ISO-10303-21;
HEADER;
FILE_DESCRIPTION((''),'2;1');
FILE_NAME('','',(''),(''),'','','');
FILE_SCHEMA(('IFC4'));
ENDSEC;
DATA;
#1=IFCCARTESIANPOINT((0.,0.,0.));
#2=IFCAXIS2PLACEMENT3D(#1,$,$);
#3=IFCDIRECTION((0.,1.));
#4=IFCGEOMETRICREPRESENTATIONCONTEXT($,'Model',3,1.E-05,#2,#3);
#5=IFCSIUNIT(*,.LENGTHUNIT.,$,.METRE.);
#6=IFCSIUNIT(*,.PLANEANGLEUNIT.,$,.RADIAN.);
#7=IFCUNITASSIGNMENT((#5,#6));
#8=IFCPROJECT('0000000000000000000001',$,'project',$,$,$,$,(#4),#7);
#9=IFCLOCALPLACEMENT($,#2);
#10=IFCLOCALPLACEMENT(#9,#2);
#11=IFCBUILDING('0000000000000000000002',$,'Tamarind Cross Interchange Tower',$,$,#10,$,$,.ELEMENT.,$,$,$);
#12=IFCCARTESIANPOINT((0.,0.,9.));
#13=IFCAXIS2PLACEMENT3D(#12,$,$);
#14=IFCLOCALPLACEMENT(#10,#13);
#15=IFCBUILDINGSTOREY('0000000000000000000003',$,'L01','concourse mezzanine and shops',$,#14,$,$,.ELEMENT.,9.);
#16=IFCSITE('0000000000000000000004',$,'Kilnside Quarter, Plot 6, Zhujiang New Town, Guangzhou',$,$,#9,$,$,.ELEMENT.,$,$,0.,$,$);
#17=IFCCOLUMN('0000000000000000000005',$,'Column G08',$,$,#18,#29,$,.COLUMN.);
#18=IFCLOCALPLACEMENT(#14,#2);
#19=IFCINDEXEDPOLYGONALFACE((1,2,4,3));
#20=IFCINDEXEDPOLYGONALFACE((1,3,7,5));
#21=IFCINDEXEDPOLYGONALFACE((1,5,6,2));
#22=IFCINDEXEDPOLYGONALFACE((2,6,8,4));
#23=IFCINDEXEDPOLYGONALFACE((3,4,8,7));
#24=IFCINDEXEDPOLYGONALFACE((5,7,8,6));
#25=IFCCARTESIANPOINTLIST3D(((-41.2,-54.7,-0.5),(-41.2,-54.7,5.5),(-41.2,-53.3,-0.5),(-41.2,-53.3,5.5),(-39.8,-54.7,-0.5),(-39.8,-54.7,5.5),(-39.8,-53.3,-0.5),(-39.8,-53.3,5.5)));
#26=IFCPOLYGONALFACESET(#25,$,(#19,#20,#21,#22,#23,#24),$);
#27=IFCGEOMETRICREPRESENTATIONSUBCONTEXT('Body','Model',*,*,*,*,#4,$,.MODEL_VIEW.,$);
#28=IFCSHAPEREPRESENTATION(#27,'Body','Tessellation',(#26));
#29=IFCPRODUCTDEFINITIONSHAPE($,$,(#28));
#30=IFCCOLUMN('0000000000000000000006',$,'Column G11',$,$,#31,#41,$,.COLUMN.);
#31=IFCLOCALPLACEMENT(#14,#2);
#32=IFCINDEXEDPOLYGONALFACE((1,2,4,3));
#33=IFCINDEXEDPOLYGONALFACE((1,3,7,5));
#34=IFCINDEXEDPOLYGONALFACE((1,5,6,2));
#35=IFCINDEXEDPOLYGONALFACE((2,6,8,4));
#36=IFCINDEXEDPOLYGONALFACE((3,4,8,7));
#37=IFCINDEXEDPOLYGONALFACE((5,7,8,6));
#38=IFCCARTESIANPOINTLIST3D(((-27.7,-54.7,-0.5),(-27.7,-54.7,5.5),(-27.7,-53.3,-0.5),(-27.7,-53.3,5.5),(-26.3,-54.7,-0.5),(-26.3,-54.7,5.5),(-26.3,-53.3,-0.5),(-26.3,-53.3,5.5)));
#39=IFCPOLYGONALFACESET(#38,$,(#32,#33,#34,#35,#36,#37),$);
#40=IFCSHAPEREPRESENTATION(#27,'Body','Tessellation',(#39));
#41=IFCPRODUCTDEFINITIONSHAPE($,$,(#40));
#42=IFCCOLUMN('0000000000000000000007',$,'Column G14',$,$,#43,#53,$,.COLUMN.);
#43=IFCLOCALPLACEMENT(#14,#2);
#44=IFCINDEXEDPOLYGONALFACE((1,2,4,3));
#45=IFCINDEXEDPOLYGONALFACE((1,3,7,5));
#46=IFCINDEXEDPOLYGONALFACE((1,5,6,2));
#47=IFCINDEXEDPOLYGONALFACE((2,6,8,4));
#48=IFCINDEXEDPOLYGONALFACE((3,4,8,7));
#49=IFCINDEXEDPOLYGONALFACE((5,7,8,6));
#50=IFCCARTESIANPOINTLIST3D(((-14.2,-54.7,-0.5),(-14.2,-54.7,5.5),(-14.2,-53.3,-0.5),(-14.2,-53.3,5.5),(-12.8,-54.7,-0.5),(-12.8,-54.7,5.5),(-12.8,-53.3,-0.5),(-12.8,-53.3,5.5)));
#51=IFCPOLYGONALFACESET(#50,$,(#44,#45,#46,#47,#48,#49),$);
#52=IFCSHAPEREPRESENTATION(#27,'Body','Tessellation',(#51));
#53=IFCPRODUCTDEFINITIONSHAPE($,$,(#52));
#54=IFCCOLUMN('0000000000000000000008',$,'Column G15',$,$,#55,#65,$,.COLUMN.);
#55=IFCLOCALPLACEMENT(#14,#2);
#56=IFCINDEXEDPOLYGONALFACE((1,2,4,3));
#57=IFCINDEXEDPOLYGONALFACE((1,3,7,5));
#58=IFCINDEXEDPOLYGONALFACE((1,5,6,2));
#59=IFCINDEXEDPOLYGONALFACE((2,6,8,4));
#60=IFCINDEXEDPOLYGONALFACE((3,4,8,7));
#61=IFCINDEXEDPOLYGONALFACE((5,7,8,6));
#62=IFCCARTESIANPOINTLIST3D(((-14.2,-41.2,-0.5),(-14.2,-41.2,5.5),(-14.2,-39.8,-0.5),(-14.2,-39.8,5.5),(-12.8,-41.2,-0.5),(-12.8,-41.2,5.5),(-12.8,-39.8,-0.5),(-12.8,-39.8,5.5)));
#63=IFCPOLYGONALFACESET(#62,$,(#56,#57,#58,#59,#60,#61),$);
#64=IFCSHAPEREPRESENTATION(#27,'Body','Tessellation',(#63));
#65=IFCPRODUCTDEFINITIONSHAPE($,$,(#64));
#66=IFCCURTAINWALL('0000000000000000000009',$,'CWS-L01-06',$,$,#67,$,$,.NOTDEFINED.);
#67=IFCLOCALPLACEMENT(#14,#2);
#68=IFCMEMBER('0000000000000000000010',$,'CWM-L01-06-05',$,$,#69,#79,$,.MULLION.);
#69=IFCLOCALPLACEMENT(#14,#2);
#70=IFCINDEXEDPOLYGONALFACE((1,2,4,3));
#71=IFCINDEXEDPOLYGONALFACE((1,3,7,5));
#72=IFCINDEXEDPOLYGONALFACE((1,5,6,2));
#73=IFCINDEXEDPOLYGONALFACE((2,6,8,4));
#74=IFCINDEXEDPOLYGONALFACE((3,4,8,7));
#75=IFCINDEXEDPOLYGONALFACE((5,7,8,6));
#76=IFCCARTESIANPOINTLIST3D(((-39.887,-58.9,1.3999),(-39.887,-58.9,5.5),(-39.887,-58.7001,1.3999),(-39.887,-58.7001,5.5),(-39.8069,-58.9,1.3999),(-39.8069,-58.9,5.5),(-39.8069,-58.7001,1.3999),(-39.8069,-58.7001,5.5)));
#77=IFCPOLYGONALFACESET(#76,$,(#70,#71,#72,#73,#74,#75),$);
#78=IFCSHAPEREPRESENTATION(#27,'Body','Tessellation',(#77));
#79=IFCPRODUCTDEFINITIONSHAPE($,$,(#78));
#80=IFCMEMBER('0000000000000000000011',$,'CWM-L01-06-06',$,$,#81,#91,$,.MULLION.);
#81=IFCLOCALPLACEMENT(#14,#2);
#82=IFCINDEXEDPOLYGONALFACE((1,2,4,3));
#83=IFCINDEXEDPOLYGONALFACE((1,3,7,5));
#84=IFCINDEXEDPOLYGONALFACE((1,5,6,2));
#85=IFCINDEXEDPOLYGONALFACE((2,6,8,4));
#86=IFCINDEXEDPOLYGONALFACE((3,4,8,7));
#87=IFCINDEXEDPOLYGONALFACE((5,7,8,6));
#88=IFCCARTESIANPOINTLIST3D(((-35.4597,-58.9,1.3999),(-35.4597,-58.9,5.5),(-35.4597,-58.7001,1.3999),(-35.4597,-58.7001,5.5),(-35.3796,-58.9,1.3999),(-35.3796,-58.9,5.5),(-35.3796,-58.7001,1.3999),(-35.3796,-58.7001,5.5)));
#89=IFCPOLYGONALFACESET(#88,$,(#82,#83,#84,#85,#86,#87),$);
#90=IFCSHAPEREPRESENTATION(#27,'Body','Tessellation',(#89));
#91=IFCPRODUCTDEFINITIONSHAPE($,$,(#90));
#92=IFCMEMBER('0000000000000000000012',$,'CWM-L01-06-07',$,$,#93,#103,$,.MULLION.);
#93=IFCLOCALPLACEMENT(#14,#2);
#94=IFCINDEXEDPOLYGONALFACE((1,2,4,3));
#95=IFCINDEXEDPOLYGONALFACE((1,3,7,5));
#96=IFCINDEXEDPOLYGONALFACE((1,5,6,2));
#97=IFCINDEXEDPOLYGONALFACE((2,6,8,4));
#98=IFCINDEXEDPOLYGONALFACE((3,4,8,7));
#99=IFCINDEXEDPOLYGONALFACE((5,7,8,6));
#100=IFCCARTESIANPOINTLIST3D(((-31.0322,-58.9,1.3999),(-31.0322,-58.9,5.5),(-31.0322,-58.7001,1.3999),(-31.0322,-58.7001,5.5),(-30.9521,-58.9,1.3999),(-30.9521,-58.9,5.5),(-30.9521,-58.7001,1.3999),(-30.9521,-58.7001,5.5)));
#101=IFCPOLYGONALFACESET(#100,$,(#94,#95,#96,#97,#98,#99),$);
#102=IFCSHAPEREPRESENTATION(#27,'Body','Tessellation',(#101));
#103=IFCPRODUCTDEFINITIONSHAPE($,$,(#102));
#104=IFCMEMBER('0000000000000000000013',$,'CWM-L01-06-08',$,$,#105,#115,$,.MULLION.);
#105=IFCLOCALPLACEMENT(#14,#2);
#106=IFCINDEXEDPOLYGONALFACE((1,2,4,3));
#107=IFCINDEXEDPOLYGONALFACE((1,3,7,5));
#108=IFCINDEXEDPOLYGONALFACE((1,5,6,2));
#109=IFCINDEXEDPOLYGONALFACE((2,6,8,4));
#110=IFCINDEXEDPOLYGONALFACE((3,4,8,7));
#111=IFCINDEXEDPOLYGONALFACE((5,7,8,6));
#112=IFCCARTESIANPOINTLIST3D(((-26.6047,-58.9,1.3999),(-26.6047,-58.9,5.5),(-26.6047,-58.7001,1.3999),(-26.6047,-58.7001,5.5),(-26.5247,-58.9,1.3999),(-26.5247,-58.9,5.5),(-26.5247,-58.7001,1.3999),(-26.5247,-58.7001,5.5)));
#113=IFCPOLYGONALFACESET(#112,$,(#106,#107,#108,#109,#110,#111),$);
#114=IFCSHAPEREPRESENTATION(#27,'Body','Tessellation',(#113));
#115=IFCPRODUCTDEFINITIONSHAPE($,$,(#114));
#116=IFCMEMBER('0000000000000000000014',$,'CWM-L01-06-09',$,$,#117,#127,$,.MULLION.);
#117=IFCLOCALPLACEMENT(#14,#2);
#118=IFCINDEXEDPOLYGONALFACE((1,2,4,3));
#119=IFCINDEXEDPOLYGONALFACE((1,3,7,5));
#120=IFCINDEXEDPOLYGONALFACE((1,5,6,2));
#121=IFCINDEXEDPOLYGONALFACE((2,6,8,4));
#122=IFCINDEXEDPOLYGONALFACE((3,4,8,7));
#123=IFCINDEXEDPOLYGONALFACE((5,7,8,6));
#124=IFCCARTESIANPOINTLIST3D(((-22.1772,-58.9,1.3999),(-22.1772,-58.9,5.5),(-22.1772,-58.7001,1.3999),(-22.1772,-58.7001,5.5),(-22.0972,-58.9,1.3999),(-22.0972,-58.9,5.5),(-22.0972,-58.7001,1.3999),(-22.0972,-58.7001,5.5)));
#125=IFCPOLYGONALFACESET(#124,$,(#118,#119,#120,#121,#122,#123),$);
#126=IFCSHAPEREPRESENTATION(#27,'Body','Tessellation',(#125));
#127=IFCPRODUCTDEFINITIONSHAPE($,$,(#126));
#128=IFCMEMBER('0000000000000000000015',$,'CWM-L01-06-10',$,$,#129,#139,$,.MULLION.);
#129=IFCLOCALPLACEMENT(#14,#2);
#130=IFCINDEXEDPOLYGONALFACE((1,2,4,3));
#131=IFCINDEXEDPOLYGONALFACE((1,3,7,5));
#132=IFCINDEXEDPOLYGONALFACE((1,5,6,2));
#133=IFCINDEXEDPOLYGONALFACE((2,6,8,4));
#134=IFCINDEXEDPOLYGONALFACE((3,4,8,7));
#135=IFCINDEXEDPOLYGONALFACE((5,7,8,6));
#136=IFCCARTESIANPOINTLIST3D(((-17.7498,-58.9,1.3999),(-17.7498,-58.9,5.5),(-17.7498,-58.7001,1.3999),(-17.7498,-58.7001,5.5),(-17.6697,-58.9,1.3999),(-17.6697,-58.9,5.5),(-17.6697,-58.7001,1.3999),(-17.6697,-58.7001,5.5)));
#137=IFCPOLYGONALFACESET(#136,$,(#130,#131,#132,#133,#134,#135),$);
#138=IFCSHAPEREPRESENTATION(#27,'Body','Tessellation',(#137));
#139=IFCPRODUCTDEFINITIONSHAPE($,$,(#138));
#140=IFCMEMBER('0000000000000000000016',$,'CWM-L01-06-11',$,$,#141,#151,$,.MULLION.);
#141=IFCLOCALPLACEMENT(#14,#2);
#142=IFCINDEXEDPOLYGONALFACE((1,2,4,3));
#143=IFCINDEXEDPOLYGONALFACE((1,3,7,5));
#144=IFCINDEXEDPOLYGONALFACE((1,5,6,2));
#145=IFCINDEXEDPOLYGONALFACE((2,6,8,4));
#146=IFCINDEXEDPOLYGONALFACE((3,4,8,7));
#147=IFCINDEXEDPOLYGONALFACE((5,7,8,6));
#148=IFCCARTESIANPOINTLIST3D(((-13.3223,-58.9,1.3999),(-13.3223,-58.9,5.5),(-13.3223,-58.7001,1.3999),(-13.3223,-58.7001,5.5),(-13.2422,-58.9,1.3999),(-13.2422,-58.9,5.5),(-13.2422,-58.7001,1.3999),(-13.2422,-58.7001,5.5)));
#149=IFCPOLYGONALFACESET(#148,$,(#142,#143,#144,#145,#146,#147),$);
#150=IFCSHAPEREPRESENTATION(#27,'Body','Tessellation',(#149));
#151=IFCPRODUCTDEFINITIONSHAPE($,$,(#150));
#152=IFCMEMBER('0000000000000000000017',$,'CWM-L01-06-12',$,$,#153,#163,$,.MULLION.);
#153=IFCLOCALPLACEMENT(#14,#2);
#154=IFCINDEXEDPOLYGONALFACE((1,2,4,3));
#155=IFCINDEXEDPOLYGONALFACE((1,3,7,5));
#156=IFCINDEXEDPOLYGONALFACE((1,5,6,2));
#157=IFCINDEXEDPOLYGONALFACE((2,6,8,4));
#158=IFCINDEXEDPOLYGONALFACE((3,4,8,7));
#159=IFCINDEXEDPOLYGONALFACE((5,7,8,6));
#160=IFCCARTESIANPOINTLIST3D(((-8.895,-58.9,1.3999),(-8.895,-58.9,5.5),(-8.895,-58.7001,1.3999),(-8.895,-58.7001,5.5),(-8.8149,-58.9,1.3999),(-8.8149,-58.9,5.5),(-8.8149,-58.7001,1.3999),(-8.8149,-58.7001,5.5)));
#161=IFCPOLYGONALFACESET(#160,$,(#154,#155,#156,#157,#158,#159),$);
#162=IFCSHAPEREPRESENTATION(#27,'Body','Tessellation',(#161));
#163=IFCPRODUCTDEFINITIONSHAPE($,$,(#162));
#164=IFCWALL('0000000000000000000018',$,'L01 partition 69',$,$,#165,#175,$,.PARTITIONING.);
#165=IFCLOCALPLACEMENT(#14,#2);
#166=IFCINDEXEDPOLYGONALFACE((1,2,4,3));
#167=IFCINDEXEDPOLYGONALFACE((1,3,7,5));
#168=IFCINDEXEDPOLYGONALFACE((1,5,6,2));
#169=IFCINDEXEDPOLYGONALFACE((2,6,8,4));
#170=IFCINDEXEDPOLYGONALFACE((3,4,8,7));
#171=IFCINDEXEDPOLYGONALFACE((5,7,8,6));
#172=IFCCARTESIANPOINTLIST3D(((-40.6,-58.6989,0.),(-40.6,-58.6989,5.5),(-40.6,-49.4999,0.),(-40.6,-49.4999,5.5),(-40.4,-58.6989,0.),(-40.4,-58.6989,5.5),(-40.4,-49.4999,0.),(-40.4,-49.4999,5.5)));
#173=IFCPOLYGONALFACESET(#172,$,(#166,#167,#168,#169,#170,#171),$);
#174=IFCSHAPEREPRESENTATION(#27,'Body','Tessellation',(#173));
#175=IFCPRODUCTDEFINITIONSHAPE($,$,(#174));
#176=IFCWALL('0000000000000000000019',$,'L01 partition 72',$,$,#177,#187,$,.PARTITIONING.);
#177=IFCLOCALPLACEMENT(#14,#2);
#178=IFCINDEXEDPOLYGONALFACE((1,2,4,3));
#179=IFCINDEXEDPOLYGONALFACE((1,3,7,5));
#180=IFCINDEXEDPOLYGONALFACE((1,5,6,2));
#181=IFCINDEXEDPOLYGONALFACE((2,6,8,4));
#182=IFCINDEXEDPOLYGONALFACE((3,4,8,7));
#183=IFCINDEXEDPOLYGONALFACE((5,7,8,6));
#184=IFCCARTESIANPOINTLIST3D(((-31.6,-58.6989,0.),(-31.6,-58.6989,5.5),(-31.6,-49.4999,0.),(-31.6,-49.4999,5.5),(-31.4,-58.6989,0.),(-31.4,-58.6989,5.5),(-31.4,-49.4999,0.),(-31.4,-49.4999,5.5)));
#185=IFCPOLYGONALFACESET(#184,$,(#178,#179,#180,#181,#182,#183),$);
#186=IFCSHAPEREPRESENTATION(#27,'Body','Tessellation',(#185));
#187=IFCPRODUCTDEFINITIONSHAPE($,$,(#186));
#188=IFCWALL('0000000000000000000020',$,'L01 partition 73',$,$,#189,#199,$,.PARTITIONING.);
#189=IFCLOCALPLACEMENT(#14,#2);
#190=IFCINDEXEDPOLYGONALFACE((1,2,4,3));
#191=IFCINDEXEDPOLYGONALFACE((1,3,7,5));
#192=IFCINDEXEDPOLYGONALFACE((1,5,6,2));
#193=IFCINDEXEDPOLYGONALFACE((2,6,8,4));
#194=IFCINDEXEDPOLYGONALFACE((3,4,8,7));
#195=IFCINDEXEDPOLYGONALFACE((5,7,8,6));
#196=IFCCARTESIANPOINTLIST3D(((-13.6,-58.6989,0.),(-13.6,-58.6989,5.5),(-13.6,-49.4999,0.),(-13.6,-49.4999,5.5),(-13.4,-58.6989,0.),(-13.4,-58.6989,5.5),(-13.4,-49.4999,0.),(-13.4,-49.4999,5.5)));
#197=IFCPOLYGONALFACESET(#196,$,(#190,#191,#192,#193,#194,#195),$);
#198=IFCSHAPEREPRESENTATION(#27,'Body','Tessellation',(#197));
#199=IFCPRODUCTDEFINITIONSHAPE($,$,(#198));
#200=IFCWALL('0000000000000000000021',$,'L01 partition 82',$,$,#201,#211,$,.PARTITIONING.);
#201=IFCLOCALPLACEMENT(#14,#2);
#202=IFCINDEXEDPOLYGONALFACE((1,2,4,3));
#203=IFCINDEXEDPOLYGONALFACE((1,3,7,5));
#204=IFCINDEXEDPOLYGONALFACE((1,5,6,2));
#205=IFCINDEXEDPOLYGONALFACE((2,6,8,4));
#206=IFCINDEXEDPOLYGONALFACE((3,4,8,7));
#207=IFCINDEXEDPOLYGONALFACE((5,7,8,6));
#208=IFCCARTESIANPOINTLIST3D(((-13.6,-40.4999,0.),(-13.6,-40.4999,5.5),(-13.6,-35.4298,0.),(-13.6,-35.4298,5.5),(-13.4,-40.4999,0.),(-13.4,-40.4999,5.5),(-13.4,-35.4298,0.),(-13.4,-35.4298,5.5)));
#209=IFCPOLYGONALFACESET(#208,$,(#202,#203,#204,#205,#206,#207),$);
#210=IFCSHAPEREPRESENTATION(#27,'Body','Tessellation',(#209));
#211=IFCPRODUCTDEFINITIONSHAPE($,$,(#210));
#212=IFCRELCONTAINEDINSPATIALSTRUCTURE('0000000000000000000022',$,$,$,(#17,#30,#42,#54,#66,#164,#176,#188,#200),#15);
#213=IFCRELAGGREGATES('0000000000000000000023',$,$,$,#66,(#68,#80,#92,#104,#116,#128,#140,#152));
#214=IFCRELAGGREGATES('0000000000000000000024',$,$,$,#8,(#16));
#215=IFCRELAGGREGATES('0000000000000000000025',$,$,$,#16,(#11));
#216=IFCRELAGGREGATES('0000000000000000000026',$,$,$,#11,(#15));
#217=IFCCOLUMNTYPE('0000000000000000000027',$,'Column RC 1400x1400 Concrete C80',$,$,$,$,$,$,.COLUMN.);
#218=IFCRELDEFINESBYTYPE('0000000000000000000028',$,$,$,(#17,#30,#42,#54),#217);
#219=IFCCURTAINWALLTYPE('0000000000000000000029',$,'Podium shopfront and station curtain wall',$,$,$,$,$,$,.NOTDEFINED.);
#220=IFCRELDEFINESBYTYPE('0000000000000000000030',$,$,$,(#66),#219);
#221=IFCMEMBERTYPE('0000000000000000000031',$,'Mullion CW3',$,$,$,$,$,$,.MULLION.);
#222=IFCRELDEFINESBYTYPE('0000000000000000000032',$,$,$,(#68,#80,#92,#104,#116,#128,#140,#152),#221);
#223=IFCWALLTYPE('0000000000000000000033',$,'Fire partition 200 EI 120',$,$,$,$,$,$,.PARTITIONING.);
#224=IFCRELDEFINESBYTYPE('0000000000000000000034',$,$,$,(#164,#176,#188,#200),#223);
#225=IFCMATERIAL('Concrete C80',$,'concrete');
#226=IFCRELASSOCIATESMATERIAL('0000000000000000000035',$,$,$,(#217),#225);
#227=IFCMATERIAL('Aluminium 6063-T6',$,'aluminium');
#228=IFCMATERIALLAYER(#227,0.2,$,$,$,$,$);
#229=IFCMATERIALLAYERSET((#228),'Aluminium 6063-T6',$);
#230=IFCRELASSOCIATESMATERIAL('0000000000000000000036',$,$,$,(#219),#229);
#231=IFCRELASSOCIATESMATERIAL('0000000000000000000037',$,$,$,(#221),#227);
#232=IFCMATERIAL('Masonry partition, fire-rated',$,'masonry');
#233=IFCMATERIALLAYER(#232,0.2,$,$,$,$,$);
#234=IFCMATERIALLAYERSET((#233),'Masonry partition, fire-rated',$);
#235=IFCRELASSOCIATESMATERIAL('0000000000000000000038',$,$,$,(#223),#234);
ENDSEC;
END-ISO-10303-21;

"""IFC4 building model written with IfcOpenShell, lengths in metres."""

from ifc_helpers import new_model, si_unit, direction, frame, frame_2d, origin, origin_2d, place, context, subcontext, project, spatial, rectangle, extrude, material, layer, layer_set, material_profile, profile_set, type_object, element, aggregate, save


model = new_model("IFC4")

# Units and contexts
model_context = context("Model", 3, precision=1e-05, world=origin(), true_north=direction((0.0, 1.0)))
body_context = subcontext(model_context, "Body", "Model", "MODEL_VIEW")
ifc_project = project(units=[si_unit("LENGTHUNIT", "METRE"), si_unit("PLANEANGLEUNIT", "RADIAN")], contexts=[model_context])

# Site, building, storey
site_placement = place(None, origin())
site = spatial("IfcSite", under=ifc_project, at=site_placement, Name="Kilnside Quarter, Plot 6, Zhujiang New Town, Guangzhou", CompositionType="ELEMENT", RefElevation=0.0)
building_placement = place(site_placement, origin())
building = spatial("IfcBuilding", under=site, at=building_placement, Name="Tamarind Cross Interchange Tower", CompositionType="ELEMENT")
storey_placement = place(building_placement, frame((0.0, 0.0, 9.0)))
storey = spatial("IfcBuildingStorey", under=building, at=storey_placement, Name="L01", Description="concourse mezzanine and shops", CompositionType="ELEMENT", Elevation=9.0)

# Columns
ifc_material_1 = material(Name="Concrete C80", Category="concrete")
ifc_material_profile_1 = material_profile(ifc_material_1, rectangle(XDim=1.3999, YDim=1.3999, at=origin_2d()), Name="RC 1400x1400")
ifc_profile_set_1 = profile_set([ifc_material_profile_1], Name="Concrete C80")
column_type = type_object("IfcColumnType", Name="Column RC 1400x1400 Concrete C80", PredefinedType="COLUMN", material=ifc_profile_set_1)
for number, where, z_axis, x_axis, name in (
    (1, (-40.5, -54.0, -0.5), (0.0, 0.0, 1.0), (1.0, 0.0, 0.0), "Column G08"),
    (2, (-27.0, -54.0, -0.5), (0.0, 0.0, 1.0), (1.0, 0.0, 0.0), "Column G11"),
    (3, (-13.5, -54.0, -0.5), (0.0, 0.0, 1.0), (1.0, 0.0, 0.0), "Column G14"),
    (4, (-13.5, -40.5, -0.5), (0.0, 0.0, 1.0), (1.0, 0.0, 0.0), "Column G15"),
):
    element("IfcColumn", number, at=place(storey_placement, frame(where, z_axis=z_axis, x_axis=x_axis)), inside=storey, type_object=column_type, Name=name, PredefinedType="COLUMN", context=body_context, shape_type="SweptSolid", body=[
        extrude(rectangle(XDim=1.3999, YDim=1.3999, at=origin_2d()), origin(), (0.0, 0.0, 1.0), 6.0),
    ])

# Curtain wall, members
ifc_material_2 = material(Name="Aluminium 6063-T6", Category="aluminium")
ifc_layer_1 = layer(ifc_material_2, 0.2)
ifc_layer_set_1 = layer_set([ifc_layer_1], Name="Aluminium 6063-T6")
curtain_wall_type = type_object("IfcCurtainWallType", Name="Podium shopfront and station curtain wall", PredefinedType="NOTDEFINED", material=ifc_layer_set_1)
curtain_wall_placement = place(storey_placement, origin())
curtain_wall = element("IfcCurtainWall", 5, at=curtain_wall_placement, inside=storey, type_object=curtain_wall_type, Name="CWS-L01-06", PredefinedType="NOTDEFINED")
ifc_material_profile_2 = material_profile(ifc_material_2, rectangle(XDim=0.0801, YDim=0.2, at=origin_2d()), Name="Mullion CW3")
ifc_profile_set_2 = profile_set([ifc_material_profile_2], Name="Aluminium 6063-T6")
member_type = type_object("IfcMemberType", Name="Mullion CW3", PredefinedType="MULLION", material=ifc_profile_set_2)
member_1_placement = place(storey_placement, frame((-39.8469, -58.8, 1.3999), z_axis=(0.0, 0.0, 1.0), x_axis=(1.0, 0.0, 0.0)))
member_1 = element("IfcMember", 6, at=member_1_placement, type_object=member_type, Name="CWM-L01-06-05", PredefinedType="MULLION", context=body_context, shape_type="SweptSolid", body=[
    extrude(rectangle(XDim=0.0801, YDim=0.2, at=origin_2d()), origin(), (0.0, 0.0, 1.0), 4.1001),
])
member_2_placement = place(storey_placement, frame((-35.4197, -58.8, 1.3999), z_axis=(0.0, 0.0, 1.0), x_axis=(1.0, 0.0, 0.0)))
member_2 = element("IfcMember", 7, at=member_2_placement, type_object=member_type, Name="CWM-L01-06-06", PredefinedType="MULLION", context=body_context, shape_type="SweptSolid", body=[
    extrude(rectangle(XDim=0.0801, YDim=0.2, at=origin_2d()), origin(), (0.0, 0.0, 1.0), 4.1001),
])
member_3_placement = place(storey_placement, frame((-30.9922, -58.8, 1.3999), z_axis=(0.0, 0.0, 1.0), x_axis=(1.0, 0.0, 0.0)))
member_3 = element("IfcMember", 8, at=member_3_placement, type_object=member_type, Name="CWM-L01-06-07", PredefinedType="MULLION", context=body_context, shape_type="SweptSolid", body=[
    extrude(rectangle(XDim=0.0801, YDim=0.2, at=origin_2d()), origin(), (0.0, 0.0, 1.0), 4.1001),
])
member_4_placement = place(storey_placement, frame((-26.5647, -58.8, 1.3999), z_axis=(0.0, 0.0, 1.0), x_axis=(1.0, 0.0, 0.0)))
member_4 = element("IfcMember", 9, at=member_4_placement, type_object=member_type, Name="CWM-L01-06-08", PredefinedType="MULLION", context=body_context, shape_type="SweptSolid", body=[
    extrude(rectangle(XDim=0.0801, YDim=0.2, at=origin_2d()), origin(), (0.0, 0.0, 1.0), 4.1001),
])
member_5_placement = place(storey_placement, frame((-22.1372, -58.8, 1.3999), z_axis=(0.0, 0.0, 1.0), x_axis=(1.0, 0.0, 0.0)))
member_5 = element("IfcMember", 10, at=member_5_placement, type_object=member_type, Name="CWM-L01-06-09", PredefinedType="MULLION", context=body_context, shape_type="SweptSolid", body=[
    extrude(rectangle(XDim=0.0801, YDim=0.2, at=origin_2d()), origin(), (0.0, 0.0, 1.0), 4.1001),
])
member_6_placement = place(storey_placement, frame((-17.7097, -58.8, 1.3999), z_axis=(0.0, 0.0, 1.0), x_axis=(1.0, 0.0, 0.0)))
member_6 = element("IfcMember", 11, at=member_6_placement, type_object=member_type, Name="CWM-L01-06-10", PredefinedType="MULLION", context=body_context, shape_type="SweptSolid", body=[
    extrude(rectangle(XDim=0.0801, YDim=0.2, at=origin_2d()), origin(), (0.0, 0.0, 1.0), 4.1001),
])
member_7_placement = place(storey_placement, frame((-13.2822, -58.8, 1.3999), z_axis=(0.0, 0.0, 1.0), x_axis=(1.0, 0.0, 0.0)))
member_7 = element("IfcMember", 12, at=member_7_placement, type_object=member_type, Name="CWM-L01-06-11", PredefinedType="MULLION", context=body_context, shape_type="SweptSolid", body=[
    extrude(rectangle(XDim=0.0801, YDim=0.2, at=origin_2d()), origin(), (0.0, 0.0, 1.0), 4.1001),
])
member_8_placement = place(storey_placement, frame((-8.855, -58.8, 1.3999), z_axis=(0.0, 0.0, 1.0), x_axis=(1.0, 0.0, 0.0)))
member_8 = element("IfcMember", 13, at=member_8_placement, type_object=member_type, Name="CWM-L01-06-12", PredefinedType="MULLION", context=body_context, shape_type="SweptSolid", body=[
    extrude(rectangle(XDim=0.0801, YDim=0.2, at=origin_2d()), origin(), (0.0, 0.0, 1.0), 4.1001),
])
aggregate(curtain_wall, [member_1, member_2, member_3, member_4, member_5, member_6, member_7, member_8])

# Walls
ifc_material_3 = material(Name="Masonry partition, fire-rated", Category="masonry")
ifc_layer_2 = layer(ifc_material_3, 0.2)
ifc_layer_set_2 = layer_set([ifc_layer_2], Name="Masonry partition, fire-rated")
wall_type_1 = type_object("IfcWallType", Name="Fire partition 200 EI 120", PredefinedType="PARTITIONING", material=ifc_layer_set_2)
for number, where, z_axis, x_axis, name in (
    (14, (-40.5, -58.699, 0.0), (0.0, 0.0, 1.0), (0.0, 1.0, 0.0), "L01 partition 69"),
    (15, (-31.5, -58.699, 0.0), (0.0, 0.0, 1.0), (0.0, 1.0, 0.0), "L01 partition 72"),
    (16, (-13.5, -58.699, 0.0), (0.0, 0.0, 1.0), (0.0, 1.0, 0.0), "L01 partition 73"),
):
    element("IfcWall", number, at=place(storey_placement, frame(where, z_axis=z_axis, x_axis=x_axis)), inside=storey, type_object=wall_type_1, Name=name, PredefinedType="PARTITIONING", context=body_context, shape_type="SweptSolid", body=[
        extrude(rectangle(XDim=9.199, YDim=0.2, at=frame_2d((4.5996, 0.0))), origin(), (0.0, 0.0, 1.0), 5.5),
    ])
wall_1_placement = place(storey_placement, frame((-13.5, -40.5, 0.0), z_axis=(0.0, 0.0, 1.0), x_axis=(0.0, 1.0, 0.0)))
element("IfcWall", 17, at=wall_1_placement, inside=storey, type_object=wall_type_1, Name="L01 partition 82", PredefinedType="PARTITIONING", context=body_context, shape_type="SweptSolid", body=[
    extrude(rectangle(XDim=5.0701, YDim=0.2, at=frame_2d((2.5352, 0.0))), origin(), (0.0, 0.0, 1.0), 5.5),
])

save(model, "model.ifc")
